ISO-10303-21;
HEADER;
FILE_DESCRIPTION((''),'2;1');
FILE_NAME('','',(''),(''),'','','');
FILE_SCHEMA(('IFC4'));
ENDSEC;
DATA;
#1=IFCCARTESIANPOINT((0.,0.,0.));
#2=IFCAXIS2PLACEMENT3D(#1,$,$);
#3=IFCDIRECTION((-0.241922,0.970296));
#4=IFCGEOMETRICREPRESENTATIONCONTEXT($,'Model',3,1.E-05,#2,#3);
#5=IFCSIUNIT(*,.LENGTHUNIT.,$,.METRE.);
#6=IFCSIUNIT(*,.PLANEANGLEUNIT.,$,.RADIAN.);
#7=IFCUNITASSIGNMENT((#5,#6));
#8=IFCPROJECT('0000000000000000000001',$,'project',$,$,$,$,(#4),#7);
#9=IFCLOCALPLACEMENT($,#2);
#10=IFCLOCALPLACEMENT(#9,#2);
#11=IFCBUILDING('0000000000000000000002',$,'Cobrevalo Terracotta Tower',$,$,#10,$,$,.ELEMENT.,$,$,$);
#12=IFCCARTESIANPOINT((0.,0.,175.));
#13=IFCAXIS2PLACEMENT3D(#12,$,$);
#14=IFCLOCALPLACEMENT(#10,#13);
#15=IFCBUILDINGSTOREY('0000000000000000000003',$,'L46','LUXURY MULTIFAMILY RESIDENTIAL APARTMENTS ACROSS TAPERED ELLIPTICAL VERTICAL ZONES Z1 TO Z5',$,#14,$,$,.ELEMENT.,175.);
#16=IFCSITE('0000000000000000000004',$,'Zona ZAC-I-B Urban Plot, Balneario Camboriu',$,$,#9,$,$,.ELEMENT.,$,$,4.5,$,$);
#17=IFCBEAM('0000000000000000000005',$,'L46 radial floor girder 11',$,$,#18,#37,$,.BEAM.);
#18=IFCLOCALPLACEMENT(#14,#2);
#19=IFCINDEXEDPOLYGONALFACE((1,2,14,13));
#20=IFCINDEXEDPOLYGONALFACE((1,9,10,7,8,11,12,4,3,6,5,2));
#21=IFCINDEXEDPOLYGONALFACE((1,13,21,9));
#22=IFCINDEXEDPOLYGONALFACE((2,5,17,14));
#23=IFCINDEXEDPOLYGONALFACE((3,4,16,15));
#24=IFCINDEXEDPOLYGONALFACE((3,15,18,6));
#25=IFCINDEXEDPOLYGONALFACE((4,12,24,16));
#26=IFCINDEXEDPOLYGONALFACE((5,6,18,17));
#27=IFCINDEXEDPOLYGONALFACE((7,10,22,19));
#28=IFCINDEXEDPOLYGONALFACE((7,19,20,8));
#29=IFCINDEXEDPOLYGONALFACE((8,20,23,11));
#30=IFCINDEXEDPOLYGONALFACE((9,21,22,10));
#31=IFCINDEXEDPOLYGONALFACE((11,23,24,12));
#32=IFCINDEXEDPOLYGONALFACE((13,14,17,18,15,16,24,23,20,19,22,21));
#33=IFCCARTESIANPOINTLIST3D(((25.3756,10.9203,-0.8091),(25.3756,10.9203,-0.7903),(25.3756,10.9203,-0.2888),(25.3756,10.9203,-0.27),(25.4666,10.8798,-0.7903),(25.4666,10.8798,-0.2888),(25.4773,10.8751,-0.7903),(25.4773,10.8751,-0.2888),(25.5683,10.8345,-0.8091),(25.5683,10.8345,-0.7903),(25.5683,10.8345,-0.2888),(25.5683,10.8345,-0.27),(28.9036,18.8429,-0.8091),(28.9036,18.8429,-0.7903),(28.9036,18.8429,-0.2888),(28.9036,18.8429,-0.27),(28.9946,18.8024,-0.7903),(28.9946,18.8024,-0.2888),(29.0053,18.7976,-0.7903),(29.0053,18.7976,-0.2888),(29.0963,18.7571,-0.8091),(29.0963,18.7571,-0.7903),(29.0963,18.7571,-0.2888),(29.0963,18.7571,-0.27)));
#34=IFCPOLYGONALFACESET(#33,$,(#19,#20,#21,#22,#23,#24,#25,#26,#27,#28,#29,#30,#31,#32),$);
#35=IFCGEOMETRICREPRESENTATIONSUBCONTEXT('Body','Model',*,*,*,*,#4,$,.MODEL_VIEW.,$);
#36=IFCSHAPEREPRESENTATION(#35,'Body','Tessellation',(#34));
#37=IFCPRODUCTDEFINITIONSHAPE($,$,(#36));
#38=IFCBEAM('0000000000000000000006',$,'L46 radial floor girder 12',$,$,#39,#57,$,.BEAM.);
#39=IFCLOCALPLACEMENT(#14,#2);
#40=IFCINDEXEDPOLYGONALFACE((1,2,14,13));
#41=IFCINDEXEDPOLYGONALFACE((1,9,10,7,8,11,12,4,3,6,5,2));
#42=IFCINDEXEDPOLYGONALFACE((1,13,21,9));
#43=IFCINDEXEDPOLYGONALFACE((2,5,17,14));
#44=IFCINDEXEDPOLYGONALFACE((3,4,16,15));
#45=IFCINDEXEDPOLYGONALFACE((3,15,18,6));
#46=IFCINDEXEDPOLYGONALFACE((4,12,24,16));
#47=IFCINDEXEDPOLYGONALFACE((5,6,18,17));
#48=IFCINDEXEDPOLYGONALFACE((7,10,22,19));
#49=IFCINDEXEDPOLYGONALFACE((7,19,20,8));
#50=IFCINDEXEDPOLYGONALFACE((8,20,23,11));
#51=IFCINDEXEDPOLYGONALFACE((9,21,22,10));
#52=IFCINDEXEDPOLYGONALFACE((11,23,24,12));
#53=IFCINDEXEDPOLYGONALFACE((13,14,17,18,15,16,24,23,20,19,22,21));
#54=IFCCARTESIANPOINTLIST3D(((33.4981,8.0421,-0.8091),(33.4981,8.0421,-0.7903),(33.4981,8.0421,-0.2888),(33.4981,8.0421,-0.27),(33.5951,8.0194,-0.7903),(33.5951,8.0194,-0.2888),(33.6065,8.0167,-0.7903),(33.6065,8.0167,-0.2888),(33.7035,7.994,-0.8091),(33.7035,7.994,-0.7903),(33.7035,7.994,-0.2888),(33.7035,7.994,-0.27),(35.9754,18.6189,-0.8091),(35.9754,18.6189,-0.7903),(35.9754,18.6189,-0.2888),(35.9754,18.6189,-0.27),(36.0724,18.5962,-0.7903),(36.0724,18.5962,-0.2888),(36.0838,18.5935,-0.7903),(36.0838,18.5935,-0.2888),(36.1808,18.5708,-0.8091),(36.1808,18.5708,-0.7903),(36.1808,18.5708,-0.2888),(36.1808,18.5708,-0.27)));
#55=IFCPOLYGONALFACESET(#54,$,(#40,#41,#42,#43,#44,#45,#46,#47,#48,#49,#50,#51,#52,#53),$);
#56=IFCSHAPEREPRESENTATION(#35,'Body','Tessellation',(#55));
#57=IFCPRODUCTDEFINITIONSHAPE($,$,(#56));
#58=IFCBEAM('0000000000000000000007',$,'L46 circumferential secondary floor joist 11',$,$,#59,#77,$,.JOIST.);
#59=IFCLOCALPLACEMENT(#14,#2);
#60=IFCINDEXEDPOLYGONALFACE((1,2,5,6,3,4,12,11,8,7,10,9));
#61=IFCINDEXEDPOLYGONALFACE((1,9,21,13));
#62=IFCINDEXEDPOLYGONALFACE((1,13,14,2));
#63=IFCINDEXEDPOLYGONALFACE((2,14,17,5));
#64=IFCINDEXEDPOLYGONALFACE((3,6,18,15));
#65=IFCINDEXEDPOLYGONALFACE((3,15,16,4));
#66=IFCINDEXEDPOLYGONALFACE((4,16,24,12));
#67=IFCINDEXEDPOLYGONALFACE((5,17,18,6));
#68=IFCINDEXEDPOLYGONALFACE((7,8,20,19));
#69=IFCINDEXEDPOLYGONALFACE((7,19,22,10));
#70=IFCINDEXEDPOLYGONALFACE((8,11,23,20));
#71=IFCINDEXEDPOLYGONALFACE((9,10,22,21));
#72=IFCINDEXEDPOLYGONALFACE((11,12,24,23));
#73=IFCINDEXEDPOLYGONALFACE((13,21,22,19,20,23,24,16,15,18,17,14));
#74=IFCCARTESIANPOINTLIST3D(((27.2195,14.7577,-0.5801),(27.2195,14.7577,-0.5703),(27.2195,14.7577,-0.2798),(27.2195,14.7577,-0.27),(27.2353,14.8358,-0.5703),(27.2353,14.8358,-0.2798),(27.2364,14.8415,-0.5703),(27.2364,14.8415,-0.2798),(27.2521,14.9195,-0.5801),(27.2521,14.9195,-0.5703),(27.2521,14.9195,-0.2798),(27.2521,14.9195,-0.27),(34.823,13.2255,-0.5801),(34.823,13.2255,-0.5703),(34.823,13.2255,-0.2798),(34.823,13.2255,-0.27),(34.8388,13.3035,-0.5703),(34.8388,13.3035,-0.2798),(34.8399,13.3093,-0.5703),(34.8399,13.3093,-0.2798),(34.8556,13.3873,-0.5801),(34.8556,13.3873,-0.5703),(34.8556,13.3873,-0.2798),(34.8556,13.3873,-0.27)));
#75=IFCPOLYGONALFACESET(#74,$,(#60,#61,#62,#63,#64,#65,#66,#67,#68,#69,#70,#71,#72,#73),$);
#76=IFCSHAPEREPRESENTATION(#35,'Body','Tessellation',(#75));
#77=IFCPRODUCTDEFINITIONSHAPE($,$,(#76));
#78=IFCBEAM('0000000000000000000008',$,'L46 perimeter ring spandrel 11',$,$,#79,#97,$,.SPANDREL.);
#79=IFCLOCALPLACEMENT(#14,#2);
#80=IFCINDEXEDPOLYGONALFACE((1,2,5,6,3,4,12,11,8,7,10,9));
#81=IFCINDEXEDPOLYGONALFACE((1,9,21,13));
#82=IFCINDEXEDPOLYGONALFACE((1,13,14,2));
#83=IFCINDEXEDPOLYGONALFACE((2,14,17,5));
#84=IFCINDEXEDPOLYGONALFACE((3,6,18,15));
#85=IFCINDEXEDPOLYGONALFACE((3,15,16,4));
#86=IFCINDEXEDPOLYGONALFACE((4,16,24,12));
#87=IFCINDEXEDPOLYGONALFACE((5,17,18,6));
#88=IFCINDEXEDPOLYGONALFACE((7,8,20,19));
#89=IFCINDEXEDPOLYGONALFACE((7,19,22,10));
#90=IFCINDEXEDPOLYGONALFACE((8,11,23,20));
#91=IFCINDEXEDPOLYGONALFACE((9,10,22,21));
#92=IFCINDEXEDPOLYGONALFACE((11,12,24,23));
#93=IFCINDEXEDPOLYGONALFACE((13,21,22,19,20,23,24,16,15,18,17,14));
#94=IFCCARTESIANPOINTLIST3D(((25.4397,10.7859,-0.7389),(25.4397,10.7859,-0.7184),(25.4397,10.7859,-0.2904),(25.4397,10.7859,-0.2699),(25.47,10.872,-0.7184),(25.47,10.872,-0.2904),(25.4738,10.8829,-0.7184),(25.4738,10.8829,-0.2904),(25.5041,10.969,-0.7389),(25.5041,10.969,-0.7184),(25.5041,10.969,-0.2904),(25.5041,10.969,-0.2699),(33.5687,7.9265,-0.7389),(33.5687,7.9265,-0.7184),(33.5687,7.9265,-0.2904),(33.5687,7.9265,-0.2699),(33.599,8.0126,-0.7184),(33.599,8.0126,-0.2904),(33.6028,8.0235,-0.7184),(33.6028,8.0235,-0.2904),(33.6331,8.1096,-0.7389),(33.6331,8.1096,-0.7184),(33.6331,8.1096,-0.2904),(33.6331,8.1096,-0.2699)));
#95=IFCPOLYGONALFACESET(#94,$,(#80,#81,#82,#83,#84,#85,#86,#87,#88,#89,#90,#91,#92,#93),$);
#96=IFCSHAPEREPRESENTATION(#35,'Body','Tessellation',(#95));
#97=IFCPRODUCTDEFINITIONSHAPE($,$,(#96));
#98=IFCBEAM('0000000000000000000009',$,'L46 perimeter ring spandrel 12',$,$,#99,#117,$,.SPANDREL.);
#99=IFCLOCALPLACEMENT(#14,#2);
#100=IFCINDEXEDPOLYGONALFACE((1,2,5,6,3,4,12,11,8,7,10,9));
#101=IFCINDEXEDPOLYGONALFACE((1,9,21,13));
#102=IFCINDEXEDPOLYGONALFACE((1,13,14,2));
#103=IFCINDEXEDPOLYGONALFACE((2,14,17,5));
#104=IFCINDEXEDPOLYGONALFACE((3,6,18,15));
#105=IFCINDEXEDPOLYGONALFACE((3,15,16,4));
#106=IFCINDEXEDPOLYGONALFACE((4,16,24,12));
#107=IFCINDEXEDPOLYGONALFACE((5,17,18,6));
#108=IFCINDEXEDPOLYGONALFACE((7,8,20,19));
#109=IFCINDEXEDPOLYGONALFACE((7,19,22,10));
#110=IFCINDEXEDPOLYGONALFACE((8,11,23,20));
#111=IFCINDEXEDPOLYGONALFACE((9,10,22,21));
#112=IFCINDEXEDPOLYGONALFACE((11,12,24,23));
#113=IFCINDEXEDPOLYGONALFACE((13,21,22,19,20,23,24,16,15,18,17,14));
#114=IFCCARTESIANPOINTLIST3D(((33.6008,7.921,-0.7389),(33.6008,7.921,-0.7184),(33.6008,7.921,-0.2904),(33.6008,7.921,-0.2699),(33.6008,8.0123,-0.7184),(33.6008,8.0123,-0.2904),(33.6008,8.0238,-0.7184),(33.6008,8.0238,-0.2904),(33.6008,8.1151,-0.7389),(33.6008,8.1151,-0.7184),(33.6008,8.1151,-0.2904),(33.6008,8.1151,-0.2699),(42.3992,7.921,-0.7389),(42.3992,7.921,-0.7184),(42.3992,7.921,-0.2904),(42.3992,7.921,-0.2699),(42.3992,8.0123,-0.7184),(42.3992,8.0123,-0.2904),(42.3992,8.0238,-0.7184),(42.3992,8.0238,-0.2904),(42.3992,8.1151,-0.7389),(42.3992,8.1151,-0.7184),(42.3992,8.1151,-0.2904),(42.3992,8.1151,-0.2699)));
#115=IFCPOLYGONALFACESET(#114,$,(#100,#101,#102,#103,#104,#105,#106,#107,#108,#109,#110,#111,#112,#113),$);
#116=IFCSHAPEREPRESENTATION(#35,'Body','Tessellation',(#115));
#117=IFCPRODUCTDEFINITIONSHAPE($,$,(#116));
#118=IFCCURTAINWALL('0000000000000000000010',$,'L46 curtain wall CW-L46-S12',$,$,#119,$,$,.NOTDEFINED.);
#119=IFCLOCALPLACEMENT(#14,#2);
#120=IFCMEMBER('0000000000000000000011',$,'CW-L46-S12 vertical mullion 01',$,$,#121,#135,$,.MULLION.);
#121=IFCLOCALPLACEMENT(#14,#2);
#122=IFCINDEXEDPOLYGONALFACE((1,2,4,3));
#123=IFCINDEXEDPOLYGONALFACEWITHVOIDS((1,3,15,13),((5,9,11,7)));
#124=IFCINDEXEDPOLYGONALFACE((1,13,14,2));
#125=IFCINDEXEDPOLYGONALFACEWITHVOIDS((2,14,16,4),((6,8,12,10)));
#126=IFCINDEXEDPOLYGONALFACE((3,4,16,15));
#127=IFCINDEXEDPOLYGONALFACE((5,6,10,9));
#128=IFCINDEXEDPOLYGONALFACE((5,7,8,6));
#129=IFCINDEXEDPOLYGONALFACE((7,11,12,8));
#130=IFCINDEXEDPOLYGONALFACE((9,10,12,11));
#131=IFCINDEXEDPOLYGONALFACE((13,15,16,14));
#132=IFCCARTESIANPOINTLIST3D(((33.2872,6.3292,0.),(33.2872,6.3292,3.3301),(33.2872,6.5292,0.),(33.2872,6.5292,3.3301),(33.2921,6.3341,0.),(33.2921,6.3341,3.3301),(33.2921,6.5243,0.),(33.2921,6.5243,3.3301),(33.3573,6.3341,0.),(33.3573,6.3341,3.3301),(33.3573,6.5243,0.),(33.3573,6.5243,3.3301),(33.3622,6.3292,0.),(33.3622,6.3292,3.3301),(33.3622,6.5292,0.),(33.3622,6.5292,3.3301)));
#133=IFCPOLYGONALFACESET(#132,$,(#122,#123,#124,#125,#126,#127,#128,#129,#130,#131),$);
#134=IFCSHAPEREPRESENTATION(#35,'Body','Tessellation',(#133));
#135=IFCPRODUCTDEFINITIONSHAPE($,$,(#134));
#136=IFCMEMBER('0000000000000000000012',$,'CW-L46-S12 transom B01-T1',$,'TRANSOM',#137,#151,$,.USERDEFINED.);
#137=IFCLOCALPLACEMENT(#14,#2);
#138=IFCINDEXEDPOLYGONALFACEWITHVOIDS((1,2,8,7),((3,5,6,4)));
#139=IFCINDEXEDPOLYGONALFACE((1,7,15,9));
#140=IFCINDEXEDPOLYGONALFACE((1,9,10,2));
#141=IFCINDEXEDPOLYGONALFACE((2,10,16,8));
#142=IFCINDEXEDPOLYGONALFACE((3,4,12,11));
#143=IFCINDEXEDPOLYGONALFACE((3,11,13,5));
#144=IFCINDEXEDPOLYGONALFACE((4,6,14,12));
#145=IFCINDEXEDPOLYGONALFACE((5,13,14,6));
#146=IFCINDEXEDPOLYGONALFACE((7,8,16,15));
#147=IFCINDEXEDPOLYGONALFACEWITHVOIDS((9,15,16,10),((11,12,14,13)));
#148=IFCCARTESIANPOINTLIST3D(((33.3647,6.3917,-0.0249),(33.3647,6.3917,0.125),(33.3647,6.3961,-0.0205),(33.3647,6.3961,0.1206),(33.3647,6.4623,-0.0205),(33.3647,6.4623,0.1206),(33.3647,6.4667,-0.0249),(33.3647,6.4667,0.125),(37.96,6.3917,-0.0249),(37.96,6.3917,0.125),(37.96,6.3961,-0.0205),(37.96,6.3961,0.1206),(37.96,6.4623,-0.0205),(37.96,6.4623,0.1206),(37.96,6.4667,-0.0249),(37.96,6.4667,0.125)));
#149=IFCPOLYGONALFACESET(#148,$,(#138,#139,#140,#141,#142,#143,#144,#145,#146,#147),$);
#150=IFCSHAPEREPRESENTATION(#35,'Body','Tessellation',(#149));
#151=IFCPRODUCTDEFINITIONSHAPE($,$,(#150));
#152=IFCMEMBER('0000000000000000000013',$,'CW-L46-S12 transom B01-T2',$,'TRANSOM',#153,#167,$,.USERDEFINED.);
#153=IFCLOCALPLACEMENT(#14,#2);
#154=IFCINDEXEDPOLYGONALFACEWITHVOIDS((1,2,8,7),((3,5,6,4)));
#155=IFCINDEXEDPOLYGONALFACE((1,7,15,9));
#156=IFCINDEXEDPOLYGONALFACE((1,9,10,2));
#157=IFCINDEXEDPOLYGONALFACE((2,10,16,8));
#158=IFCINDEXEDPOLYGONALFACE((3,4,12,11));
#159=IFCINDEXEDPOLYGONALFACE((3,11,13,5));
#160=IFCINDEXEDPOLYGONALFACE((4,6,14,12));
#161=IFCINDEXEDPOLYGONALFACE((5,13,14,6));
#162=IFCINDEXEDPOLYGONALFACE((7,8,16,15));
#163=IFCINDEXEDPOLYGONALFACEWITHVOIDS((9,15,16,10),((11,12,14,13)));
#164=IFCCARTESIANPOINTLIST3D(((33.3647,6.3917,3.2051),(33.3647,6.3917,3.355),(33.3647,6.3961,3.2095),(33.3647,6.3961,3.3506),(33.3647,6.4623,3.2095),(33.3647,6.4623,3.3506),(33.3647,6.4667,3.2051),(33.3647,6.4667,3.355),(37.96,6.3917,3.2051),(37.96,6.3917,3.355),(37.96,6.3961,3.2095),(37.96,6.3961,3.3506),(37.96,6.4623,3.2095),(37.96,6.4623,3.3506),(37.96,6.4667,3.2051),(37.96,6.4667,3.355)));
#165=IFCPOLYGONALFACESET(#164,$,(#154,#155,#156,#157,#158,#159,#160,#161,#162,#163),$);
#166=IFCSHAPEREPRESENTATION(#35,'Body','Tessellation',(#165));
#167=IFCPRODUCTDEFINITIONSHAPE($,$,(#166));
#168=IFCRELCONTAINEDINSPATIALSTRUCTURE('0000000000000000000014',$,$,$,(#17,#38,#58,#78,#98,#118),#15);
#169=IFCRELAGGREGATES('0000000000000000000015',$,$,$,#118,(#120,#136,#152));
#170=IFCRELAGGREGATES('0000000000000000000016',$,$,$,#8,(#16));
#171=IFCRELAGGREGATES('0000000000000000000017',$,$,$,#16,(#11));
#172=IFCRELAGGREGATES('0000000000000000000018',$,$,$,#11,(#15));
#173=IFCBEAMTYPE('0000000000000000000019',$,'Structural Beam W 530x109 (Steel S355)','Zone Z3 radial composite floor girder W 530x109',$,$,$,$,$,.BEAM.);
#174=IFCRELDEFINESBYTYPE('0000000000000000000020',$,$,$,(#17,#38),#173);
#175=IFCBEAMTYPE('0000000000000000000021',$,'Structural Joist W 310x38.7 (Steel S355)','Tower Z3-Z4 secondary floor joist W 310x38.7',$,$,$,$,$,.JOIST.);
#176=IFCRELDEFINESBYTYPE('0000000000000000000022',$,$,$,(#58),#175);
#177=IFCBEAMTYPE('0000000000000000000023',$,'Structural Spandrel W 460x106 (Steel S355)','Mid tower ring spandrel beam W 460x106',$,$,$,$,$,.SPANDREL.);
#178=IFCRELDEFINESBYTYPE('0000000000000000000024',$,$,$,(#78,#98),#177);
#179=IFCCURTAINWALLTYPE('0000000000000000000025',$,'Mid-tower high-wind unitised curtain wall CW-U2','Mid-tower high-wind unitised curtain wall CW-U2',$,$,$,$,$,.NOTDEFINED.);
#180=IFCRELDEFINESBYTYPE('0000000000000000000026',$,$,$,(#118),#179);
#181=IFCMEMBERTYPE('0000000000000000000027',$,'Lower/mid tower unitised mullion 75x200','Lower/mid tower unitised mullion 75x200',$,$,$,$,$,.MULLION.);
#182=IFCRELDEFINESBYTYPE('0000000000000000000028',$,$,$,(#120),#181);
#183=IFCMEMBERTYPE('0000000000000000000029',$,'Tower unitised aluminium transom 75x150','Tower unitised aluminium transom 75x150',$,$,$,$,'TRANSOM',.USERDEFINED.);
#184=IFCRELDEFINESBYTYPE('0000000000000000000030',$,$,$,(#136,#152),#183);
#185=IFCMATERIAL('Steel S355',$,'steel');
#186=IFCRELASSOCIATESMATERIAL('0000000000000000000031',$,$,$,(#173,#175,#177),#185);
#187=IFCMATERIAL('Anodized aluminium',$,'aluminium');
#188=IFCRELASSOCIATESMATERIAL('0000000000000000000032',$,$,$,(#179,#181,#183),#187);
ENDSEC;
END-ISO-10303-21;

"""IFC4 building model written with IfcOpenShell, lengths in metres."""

from ifc_helpers import new_model, si_unit, direction, frame, origin, origin_2d, place, context, subcontext, project, spatial, hollow_rectangle, i_section, extrude, source, transform, mapped, material, material_profile, profile_set, type_object, element, aggregate, save


model = new_model("IFC4")

# Units and contexts
model_context = context("Model", 3, precision=1e-05, world=origin(), true_north=direction((-0.241922, 0.970296)))
body_context = subcontext(model_context, "Body", "Model", "MODEL_VIEW")
ifc_project = project(units=[si_unit("LENGTHUNIT", "METRE"), si_unit("PLANEANGLEUNIT", "RADIAN")], contexts=[model_context])

# Site, building, storey
site_placement = place(None, origin())
site = spatial("IfcSite", under=ifc_project, at=site_placement, Name="Zona ZAC-I-B Urban Plot, Balneario Camboriu", CompositionType="ELEMENT", RefElevation=4.5)
building_placement = place(site_placement, origin())
building = spatial("IfcBuilding", under=site, at=building_placement, Name="Cobrevalo Terracotta Tower", CompositionType="ELEMENT")
storey_placement = place(building_placement, frame((0.0, 0.0, 175.0)))
storey = spatial("IfcBuildingStorey", under=building, at=storey_placement, Name="L46", Description="LUXURY MULTIFAMILY RESIDENTIAL APARTMENTS ACROSS TAPERED ELLIPTICAL VERTICAL ZONES Z1 TO Z5", CompositionType="ELEMENT", Elevation=175.0)

# Shared definitions
ifc_material_1 = material(Name="Steel S355", Category="steel")

# Beams
ifc_material_profile_1 = material_profile(ifc_material_1, i_section(OverallWidth=0.2109, OverallDepth=0.5391, WebThickness=0.0117, FlangeThickness=0.0188, at=origin_2d()), Name="W 530x109")
ifc_profile_set_1 = profile_set([ifc_material_profile_1], Name="Steel S355")
beam_type_1 = type_object("IfcBeamType", Name="Structural Beam W 530x109 (Steel S355)", Description="Zone Z3 radial composite floor girder W 530x109", PredefinedType="BEAM", material=ifc_profile_set_1)
beam_1_placement = place(storey_placement, frame((25.4719, 10.8774, -0.5396), z_axis=(0.406804, 0.913515, 0.0), x_axis=(-0.913515, 0.406804, 0.0)))
element("IfcBeam", 1, at=beam_1_placement, inside=storey, type_object=beam_type_1, Name="L46 radial floor girder 11", PredefinedType="BEAM", context=body_context, shape_type="SweptSolid", body=[
    extrude(i_section(OverallWidth=0.2109, OverallDepth=0.5391, WebThickness=0.0117, FlangeThickness=0.0188, at=origin_2d()), origin(), (0.0, 0.0, 1.0), 8.6726),
])
beam_2_placement = place(storey_placement, frame((33.6008, 8.0181, -0.5396), z_axis=(0.228046, 0.97365, 0.0), x_axis=(-0.97365, 0.228046, 0.0)))
element("IfcBeam", 2, at=beam_2_placement, inside=storey, type_object=beam_type_1, Name="L46 radial floor girder 12", PredefinedType="BEAM", context=body_context, shape_type="SweptSolid", body=[
    extrude(i_section(OverallWidth=0.2109, OverallDepth=0.5391, WebThickness=0.0117, FlangeThickness=0.0188, at=origin_2d()), origin(), (0.0, 0.0, 1.0), 10.863),
])
ifc_material_profile_2 = material_profile(ifc_material_1, i_section(OverallWidth=0.165, OverallDepth=0.3101, WebThickness=0.0059, FlangeThickness=0.0098, at=origin_2d()), Name="W 310x38.7")
ifc_profile_set_2 = profile_set([ifc_material_profile_2], Name="Steel S355")
beam_type_2 = type_object("IfcBeamType", Name="Structural Joist W 310x38.7 (Steel S355)", Description="Tower Z3-Z4 secondary floor joist W 310x38.7", PredefinedType="JOIST", material=ifc_profile_set_2)
beam_3_placement = place(storey_placement, frame((27.2358, 14.8386, -0.425), z_axis=(0.980294, -0.197544, 0.0), x_axis=(0.197544, 0.980294, 0.0)))
element("IfcBeam", 3, at=beam_3_placement, inside=storey, type_object=beam_type_2, Name="L46 circumferential secondary floor joist 11", PredefinedType="JOIST", context=body_context, shape_type="SweptSolid", body=[
    extrude(i_section(OverallWidth=0.165, OverallDepth=0.3101, WebThickness=0.0059, FlangeThickness=0.0098, at=origin_2d()), origin(), (0.0, 0.0, 1.0), 7.7563),
])
ifc_material_profile_3 = material_profile(ifc_material_1, i_section(OverallWidth=0.1941, OverallDepth=0.469, WebThickness=0.0115, FlangeThickness=0.0205, at=origin_2d()), Name="W 460x106")
ifc_profile_set_3 = profile_set([ifc_material_profile_3], Name="Steel S355")
beam_type_3 = type_object("IfcBeamType", Name="Structural Spandrel W 460x106 (Steel S355)", Description="Mid tower ring spandrel beam W 460x106", PredefinedType="SPANDREL", material=ifc_profile_set_3)
beam_4_placement = place(storey_placement, frame((25.4719, 10.8774, -0.5044), z_axis=(0.943341, -0.331824, 0.0), x_axis=(0.331824, 0.943341, 0.0)))
element("IfcBeam", 4, at=beam_4_placement, inside=storey, type_object=beam_type_3, Name="L46 perimeter ring spandrel 11", PredefinedType="SPANDREL", context=body_context, shape_type="SweptSolid", body=[
    extrude(i_section(OverallWidth=0.1941, OverallDepth=0.469, WebThickness=0.0115, FlangeThickness=0.0205, at=origin_2d()), origin(), (0.0, 0.0, 1.0), 8.6172),
])
beam_5_placement = place(storey_placement, frame((33.6008, 8.0181, -0.5044), z_axis=(1.0, 0.0, 0.0), x_axis=(0.0, 1.0, 0.0)))
element("IfcBeam", 5, at=beam_5_placement, inside=storey, type_object=beam_type_3, Name="L46 perimeter ring spandrel 12", PredefinedType="SPANDREL", context=body_context, shape_type="SweptSolid", body=[
    extrude(i_section(OverallWidth=0.1941, OverallDepth=0.469, WebThickness=0.0115, FlangeThickness=0.0205, at=origin_2d()), origin(), (0.0, 0.0, 1.0), 8.7983),
])

# Curtain wall, members
ifc_material_2 = material(Name="Anodized aluminium", Category="aluminium")
curtain_wall_type = type_object("IfcCurtainWallType", Name="Mid-tower high-wind unitised curtain wall CW-U2", Description="Mid-tower high-wind unitised curtain wall CW-U2", PredefinedType="NOTDEFINED", material=ifc_material_2)
curtain_wall_placement = place(storey_placement, origin())
curtain_wall = element("IfcCurtainWall", 6, at=curtain_wall_placement, inside=storey, type_object=curtain_wall_type, Name="L46 curtain wall CW-L46-S12", PredefinedType="NOTDEFINED")
ifc_material_profile_4 = material_profile(ifc_material_2, hollow_rectangle(XDim=0.075, YDim=0.2, WallThickness=0.0049, at=origin_2d()), Name="CWM 75x200")
ifc_profile_set_4 = profile_set([ifc_material_profile_4], Name="Anodized aluminium")
member_type_1 = type_object("IfcMemberType", Name="Lower/mid tower unitised mullion 75x200", Description="Lower/mid tower unitised mullion 75x200", PredefinedType="MULLION", material=ifc_profile_set_4)
shared_shape_1 = source(origin(), body_context, "Body", "SweptSolid", [
    extrude(hollow_rectangle(XDim=0.075, YDim=0.2, WallThickness=0.0049, at=origin_2d()), origin(), (0.0, 0.0, 1.0), 3.3301),
])
member_1_placement = place(storey_placement, frame((33.3247, 6.4292, 0.0), z_axis=(0.0, 0.0, 1.0), x_axis=(1.0, 0.0, 0.0)))
member_1 = element("IfcMember", 7, at=member_1_placement, type_object=member_type_1, Name="CW-L46-S12 vertical mullion 01", PredefinedType="MULLION", context=body_context, shape_type="MappedRepresentation", body=[
    mapped(shared_shape_1, transform((0.0, 0.0, 0.0), scale=1.0)),
])
ifc_material_profile_5 = material_profile(ifc_material_2, hollow_rectangle(XDim=0.075, YDim=0.1499, WallThickness=0.0044, at=origin_2d()), Name="CWT 75x150")
ifc_profile_set_5 = profile_set([ifc_material_profile_5], Name="Anodized aluminium")
member_type_2 = type_object("IfcMemberType", Name="Tower unitised aluminium transom 75x150", Description="Tower unitised aluminium transom 75x150", ElementType="TRANSOM", PredefinedType="USERDEFINED", material=ifc_profile_set_5)
shared_shape_2 = source(origin(), body_context, "Body", "SweptSolid", [
    extrude(hollow_rectangle(XDim=0.075, YDim=0.1499, WallThickness=0.0044, at=origin_2d()), origin(), (0.0, 0.0, 1.0), 4.5952),
])
member_2_placement = place(storey_placement, frame((33.3647, 6.4292, 0.05), z_axis=(1.0, 0.0, 0.0), x_axis=(0.0, 1.0, 0.0)))
member_2 = element("IfcMember", 8, at=member_2_placement, type_object=member_type_2, Name="CW-L46-S12 transom B01-T1", ObjectType="TRANSOM", PredefinedType="USERDEFINED", context=body_context, shape_type="MappedRepresentation", body=[
    mapped(shared_shape_2, transform((0.0, 0.0, 0.0), scale=1.0)),
])
member_3_placement = place(storey_placement, frame((33.3647, 6.4292, 3.28), z_axis=(1.0, 0.0, 0.0), x_axis=(0.0, 1.0, 0.0)))
member_3 = element("IfcMember", 9, at=member_3_placement, type_object=member_type_2, Name="CW-L46-S12 transom B01-T2", ObjectType="TRANSOM", PredefinedType="USERDEFINED", context=body_context, shape_type="MappedRepresentation", body=[
    mapped(shared_shape_2, transform((0.0, 0.0, 0.0), scale=1.0)),
])
aggregate(curtain_wall, [member_1, member_2, member_3])

save(model, "model.ifc")
